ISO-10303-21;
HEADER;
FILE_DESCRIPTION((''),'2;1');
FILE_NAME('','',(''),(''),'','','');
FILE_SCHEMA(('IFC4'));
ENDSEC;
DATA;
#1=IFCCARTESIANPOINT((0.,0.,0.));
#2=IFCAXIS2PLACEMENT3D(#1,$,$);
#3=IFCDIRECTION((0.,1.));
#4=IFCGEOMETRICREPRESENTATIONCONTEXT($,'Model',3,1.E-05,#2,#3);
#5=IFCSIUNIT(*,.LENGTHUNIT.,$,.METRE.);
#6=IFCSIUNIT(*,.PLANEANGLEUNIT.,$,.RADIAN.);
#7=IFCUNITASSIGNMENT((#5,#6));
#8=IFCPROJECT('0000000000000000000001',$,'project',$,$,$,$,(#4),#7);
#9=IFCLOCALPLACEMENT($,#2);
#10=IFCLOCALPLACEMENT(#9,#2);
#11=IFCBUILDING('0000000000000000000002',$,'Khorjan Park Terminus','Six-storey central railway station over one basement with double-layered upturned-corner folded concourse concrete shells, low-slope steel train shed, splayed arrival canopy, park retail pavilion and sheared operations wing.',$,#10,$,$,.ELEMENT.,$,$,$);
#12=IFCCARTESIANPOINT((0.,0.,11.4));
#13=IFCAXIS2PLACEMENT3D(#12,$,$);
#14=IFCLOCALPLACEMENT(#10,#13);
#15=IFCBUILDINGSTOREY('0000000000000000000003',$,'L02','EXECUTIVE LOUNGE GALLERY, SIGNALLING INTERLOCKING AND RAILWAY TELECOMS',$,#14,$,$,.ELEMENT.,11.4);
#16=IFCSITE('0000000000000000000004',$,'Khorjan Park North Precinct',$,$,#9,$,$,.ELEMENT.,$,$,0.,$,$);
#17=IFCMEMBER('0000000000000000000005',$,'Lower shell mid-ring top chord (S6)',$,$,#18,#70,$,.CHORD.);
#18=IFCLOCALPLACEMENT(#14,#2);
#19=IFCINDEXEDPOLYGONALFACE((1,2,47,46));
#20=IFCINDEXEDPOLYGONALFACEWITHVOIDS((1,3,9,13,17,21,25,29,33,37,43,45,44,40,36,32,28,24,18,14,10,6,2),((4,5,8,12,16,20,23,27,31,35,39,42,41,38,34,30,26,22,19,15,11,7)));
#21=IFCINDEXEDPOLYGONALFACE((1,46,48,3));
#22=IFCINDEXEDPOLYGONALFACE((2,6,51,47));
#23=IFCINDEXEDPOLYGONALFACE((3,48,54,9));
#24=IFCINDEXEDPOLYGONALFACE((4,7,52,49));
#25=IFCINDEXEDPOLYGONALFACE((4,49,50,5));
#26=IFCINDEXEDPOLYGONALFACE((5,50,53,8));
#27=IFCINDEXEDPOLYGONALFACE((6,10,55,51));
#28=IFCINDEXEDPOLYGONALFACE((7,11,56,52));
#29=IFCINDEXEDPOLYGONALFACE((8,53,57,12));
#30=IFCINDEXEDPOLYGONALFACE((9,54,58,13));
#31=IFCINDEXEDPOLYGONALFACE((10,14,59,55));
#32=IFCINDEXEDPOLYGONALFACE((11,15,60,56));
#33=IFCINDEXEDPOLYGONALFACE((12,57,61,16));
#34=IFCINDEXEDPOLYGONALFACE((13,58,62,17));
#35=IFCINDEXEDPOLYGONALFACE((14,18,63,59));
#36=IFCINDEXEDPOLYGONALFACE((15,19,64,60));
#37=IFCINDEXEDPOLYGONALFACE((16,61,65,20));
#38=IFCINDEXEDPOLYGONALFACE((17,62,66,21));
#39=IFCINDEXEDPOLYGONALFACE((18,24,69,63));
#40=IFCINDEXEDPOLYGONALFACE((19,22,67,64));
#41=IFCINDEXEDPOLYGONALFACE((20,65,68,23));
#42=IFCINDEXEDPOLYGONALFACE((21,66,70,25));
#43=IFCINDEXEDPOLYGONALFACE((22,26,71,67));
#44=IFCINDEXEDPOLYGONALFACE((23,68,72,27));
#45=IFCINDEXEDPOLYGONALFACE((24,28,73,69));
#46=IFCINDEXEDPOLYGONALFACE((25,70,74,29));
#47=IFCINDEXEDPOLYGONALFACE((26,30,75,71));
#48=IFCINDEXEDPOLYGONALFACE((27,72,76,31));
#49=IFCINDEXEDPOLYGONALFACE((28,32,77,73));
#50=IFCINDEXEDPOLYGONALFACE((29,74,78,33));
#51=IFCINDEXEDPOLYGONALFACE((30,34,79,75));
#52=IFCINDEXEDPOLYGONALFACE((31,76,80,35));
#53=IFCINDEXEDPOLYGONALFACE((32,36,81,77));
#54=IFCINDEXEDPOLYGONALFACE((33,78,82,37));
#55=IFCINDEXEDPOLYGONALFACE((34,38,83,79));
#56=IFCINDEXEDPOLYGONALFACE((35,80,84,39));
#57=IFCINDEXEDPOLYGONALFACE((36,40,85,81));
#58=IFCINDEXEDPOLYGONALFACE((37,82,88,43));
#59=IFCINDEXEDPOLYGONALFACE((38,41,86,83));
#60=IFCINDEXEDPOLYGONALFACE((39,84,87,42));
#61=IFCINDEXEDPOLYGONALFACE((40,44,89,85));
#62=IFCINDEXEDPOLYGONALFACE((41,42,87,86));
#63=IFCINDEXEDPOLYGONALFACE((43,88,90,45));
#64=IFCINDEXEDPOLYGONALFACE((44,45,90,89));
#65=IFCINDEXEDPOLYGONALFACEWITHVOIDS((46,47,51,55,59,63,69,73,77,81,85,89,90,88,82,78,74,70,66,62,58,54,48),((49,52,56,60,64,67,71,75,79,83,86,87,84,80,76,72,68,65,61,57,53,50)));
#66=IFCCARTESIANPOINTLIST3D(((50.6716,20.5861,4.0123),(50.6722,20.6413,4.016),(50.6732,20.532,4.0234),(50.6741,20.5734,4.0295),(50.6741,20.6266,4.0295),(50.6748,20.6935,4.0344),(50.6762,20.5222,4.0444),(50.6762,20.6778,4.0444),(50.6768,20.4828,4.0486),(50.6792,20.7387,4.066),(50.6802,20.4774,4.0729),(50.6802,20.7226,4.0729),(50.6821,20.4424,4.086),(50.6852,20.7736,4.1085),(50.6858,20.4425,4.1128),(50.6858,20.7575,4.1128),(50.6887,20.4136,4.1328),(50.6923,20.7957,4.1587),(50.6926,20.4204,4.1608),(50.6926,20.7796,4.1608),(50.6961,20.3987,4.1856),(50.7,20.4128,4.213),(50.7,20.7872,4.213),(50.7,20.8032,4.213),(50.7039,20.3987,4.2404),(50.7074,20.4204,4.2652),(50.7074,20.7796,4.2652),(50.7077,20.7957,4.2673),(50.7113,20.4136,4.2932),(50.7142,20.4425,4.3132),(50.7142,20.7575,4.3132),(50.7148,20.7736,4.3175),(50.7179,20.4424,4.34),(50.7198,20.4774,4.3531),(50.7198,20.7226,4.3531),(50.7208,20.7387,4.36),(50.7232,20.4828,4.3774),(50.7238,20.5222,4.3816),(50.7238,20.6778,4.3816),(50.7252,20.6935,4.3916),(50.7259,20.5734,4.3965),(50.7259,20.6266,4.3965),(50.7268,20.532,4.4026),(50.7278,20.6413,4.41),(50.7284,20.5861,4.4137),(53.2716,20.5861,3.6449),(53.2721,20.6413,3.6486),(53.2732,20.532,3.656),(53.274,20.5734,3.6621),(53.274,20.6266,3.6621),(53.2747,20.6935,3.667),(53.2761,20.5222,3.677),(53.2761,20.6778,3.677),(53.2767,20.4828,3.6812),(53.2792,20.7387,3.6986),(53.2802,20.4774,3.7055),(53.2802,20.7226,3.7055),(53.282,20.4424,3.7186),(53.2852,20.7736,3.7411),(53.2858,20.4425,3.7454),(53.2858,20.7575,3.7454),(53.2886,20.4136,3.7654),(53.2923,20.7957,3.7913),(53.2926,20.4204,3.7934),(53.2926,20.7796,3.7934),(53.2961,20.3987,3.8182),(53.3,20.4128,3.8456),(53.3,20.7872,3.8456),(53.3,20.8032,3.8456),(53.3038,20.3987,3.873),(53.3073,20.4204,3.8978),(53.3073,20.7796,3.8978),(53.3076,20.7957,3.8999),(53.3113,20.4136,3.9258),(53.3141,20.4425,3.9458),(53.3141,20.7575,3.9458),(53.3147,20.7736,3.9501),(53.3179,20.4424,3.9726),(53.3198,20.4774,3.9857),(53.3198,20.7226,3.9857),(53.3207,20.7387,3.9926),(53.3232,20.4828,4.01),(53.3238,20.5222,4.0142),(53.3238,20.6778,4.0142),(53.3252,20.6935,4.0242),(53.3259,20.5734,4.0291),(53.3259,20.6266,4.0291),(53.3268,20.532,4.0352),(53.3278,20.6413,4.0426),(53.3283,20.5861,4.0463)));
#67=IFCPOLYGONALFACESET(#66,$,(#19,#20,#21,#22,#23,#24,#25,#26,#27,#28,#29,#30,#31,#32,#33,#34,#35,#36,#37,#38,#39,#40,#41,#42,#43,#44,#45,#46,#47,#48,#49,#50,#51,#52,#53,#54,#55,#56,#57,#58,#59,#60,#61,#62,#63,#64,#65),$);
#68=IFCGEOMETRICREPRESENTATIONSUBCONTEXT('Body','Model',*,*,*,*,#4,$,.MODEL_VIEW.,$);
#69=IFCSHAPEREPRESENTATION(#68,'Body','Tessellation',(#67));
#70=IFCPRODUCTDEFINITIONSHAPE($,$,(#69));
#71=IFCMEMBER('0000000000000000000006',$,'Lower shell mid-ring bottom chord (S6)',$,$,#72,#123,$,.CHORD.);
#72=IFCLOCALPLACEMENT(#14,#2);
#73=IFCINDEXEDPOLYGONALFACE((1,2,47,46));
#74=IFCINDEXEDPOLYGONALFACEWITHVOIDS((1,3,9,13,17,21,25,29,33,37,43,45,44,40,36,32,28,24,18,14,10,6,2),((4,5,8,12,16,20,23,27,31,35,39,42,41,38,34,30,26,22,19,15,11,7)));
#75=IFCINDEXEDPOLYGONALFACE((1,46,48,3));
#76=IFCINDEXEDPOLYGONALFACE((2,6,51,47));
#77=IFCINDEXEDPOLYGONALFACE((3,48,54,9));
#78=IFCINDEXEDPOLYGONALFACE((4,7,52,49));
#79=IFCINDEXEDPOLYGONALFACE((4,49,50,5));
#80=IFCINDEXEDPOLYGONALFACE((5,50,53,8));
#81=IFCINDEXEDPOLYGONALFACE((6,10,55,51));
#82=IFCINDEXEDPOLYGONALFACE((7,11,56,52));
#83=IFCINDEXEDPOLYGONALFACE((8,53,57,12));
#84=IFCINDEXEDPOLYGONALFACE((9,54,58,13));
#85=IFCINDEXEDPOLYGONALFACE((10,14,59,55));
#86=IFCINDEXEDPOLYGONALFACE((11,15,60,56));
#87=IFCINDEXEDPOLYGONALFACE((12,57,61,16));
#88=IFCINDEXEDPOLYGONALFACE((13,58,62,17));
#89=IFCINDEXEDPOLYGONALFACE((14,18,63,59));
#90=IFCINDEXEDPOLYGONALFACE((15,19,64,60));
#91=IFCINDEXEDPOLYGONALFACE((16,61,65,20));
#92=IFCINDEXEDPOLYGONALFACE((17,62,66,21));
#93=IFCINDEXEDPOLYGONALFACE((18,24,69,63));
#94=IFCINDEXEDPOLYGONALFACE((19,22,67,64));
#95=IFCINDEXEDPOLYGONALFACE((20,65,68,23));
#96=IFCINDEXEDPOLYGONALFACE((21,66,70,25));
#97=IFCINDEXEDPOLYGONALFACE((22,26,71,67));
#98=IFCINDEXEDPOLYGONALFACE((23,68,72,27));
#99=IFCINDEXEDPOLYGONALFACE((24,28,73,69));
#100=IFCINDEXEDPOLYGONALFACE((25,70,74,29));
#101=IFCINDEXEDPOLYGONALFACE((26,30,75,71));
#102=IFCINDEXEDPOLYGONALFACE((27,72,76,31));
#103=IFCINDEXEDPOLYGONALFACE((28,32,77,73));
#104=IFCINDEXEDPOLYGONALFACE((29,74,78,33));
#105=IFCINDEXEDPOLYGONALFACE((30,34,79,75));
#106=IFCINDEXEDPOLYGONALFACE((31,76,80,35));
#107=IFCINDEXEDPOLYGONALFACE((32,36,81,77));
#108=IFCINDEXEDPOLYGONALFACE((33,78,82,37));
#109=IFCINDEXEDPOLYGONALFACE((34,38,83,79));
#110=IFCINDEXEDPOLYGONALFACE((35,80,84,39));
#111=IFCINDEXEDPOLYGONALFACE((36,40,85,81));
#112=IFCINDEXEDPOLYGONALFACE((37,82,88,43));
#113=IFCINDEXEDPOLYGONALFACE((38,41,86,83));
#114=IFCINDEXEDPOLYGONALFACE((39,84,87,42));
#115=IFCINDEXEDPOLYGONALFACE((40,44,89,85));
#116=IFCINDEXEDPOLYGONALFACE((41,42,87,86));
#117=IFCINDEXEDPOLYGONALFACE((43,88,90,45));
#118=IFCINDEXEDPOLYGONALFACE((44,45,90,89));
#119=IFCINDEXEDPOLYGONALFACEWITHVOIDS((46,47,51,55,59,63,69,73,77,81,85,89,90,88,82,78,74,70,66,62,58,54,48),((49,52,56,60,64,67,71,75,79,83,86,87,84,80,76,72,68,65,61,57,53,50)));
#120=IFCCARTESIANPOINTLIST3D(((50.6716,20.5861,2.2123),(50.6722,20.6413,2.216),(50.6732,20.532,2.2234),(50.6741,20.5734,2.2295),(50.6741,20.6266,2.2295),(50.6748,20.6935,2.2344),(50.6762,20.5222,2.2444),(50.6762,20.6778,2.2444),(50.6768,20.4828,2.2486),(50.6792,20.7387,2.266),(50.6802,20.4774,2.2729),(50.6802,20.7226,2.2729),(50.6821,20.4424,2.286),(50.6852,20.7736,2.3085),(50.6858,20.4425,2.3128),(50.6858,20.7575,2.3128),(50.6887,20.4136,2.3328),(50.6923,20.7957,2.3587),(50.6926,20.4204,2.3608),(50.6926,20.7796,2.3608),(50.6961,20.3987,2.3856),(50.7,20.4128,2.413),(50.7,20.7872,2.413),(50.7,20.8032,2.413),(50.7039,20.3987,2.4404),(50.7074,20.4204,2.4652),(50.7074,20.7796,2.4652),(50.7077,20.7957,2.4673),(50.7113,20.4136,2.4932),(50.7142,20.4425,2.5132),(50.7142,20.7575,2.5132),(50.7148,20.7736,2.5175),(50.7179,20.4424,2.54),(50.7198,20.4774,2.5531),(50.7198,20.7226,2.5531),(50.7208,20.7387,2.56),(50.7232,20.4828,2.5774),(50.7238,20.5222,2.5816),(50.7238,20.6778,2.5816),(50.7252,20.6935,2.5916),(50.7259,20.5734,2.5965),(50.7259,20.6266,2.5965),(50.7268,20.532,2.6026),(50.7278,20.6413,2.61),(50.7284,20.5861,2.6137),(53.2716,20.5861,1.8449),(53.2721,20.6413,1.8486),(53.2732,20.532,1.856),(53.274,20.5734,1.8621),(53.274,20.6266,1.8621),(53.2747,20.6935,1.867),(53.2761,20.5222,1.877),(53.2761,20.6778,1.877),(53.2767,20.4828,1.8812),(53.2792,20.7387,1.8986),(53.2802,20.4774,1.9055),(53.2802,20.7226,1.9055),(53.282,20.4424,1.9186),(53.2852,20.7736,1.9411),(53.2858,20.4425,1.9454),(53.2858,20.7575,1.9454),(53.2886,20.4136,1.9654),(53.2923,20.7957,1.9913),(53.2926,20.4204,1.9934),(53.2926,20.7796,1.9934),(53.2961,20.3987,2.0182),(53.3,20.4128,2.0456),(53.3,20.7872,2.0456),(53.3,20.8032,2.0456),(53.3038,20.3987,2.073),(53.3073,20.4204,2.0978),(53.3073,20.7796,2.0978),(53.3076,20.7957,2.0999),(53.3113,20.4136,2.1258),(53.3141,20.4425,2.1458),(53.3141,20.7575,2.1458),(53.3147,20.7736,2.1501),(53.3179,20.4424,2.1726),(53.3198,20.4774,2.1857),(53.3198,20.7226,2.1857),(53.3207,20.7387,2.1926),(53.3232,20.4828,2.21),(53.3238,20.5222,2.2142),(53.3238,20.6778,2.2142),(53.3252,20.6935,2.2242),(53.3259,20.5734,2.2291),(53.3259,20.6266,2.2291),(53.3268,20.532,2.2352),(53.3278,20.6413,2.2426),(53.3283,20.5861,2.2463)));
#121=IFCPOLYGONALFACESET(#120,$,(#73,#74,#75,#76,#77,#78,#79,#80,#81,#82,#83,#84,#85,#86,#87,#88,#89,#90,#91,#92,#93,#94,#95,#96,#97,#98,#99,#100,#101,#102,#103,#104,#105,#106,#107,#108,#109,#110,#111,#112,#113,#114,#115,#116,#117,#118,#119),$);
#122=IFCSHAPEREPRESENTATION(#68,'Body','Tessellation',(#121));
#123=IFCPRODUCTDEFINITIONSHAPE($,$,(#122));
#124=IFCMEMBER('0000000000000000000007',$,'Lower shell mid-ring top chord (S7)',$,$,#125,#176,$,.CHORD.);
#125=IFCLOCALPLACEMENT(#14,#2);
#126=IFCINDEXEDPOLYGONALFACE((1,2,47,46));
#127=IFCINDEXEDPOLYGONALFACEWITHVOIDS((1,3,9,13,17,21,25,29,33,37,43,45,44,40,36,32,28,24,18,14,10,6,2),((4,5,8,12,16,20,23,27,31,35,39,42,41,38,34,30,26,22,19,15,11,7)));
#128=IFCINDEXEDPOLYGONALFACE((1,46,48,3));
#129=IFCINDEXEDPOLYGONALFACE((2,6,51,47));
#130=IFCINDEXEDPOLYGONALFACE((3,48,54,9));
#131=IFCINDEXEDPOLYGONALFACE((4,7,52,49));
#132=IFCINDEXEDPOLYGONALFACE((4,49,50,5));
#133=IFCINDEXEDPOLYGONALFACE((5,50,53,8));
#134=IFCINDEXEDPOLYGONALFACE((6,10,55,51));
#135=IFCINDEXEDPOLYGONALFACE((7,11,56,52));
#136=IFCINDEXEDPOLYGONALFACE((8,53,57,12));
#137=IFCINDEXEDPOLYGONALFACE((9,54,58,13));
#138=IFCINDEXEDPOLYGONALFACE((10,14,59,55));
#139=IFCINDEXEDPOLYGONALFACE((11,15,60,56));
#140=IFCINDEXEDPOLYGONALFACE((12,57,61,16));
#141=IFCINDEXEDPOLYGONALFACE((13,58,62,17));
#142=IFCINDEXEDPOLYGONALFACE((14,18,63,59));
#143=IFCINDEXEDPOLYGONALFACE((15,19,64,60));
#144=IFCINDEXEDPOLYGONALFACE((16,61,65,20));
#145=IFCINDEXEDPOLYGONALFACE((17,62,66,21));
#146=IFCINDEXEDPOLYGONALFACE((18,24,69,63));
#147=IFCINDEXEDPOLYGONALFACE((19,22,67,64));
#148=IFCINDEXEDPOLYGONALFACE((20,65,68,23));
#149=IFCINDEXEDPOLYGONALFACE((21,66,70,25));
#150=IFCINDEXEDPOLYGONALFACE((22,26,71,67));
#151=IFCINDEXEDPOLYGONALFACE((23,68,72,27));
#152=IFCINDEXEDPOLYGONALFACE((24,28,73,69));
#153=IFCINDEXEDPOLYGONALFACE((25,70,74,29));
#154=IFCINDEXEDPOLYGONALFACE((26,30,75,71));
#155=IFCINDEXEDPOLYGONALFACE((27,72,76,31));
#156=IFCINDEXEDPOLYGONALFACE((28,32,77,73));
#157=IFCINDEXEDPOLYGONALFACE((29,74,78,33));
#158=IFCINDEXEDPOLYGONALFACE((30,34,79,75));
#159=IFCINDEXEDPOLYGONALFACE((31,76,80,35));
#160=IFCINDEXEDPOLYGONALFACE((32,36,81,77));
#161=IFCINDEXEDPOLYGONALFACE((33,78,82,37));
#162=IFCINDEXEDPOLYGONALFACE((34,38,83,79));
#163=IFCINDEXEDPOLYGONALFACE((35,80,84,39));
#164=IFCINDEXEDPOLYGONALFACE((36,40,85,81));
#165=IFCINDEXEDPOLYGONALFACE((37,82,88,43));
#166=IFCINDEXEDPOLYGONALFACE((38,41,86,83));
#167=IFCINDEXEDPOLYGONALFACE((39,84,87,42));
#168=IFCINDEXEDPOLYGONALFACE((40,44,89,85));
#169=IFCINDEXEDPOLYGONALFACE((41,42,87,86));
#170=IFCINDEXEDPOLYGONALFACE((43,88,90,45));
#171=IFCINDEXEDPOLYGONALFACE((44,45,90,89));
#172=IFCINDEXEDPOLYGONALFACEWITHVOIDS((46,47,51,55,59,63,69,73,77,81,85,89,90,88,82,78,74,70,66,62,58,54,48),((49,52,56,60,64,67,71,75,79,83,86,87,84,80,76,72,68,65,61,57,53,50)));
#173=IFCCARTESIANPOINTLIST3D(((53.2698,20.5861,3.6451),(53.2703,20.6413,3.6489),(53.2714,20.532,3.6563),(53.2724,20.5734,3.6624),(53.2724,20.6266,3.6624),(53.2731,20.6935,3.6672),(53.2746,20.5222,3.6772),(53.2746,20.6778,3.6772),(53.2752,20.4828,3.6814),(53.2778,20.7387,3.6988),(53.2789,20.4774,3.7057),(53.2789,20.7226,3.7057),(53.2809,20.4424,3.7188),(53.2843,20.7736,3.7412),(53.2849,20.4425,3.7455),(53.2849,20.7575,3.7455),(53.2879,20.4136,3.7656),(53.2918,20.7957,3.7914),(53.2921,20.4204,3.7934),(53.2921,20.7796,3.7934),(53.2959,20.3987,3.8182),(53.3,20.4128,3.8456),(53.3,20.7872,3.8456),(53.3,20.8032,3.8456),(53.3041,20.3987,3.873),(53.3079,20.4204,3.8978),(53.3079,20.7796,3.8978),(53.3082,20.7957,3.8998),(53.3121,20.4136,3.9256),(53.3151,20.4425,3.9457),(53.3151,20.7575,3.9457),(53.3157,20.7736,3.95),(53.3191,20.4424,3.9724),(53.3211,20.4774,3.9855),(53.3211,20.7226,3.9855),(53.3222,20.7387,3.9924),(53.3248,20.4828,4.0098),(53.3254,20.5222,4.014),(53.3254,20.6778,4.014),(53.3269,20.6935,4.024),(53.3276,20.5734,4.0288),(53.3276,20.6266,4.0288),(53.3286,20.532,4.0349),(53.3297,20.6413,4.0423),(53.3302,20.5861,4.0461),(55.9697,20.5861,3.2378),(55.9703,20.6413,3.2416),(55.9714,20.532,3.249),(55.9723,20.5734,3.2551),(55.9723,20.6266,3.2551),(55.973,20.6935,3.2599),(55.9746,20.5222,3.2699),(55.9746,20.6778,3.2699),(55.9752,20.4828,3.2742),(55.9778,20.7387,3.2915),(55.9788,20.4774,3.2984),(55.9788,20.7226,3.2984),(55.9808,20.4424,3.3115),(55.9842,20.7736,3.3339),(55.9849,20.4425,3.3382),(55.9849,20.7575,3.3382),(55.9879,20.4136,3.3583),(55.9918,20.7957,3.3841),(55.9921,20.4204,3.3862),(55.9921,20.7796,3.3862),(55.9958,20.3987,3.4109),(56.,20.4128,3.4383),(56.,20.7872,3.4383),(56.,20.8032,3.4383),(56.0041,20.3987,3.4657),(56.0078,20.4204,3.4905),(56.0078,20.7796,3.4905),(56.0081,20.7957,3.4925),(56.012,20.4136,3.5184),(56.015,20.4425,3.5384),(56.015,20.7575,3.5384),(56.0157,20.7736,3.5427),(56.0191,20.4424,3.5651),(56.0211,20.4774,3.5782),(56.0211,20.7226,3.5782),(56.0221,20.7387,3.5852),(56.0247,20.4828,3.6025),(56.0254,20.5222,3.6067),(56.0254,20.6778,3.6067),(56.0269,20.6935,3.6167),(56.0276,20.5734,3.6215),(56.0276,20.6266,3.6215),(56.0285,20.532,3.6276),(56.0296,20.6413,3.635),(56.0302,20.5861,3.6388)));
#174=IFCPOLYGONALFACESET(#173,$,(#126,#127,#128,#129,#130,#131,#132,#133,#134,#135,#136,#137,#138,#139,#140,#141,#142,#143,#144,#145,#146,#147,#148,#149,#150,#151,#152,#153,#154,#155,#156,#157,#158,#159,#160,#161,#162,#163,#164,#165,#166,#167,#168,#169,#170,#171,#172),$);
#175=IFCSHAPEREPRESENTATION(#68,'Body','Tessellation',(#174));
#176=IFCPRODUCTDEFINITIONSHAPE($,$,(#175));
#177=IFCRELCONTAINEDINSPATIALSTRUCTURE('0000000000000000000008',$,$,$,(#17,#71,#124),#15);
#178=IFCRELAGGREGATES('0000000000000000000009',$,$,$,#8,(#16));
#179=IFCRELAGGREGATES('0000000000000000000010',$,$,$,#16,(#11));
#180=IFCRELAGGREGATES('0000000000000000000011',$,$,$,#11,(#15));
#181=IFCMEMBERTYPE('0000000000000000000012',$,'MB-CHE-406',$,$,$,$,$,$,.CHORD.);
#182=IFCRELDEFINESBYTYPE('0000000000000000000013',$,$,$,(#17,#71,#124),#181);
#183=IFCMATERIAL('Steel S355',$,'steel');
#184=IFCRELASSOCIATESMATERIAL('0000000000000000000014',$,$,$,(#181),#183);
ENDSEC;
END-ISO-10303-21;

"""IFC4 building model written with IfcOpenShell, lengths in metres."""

from ifc_helpers import new_model, si_unit, direction, frame, origin, origin_2d, place, context, subcontext, project, spatial, hollow_circle, extrude, material, material_profile, profile_set, type_object, element, save


model = new_model("IFC4")

# Units and contexts
model_context = context("Model", 3, precision=1e-05, world=origin(), true_north=direction((0.0, 1.0)))
body_context = subcontext(model_context, "Body", "Model", "MODEL_VIEW")
ifc_project = project(units=[si_unit("LENGTHUNIT", "METRE"), si_unit("PLANEANGLEUNIT", "RADIAN")], contexts=[model_context])

# Site, building, storey
site_placement = place(None, origin())
site = spatial("IfcSite", under=ifc_project, at=site_placement, Name="Khorjan Park North Precinct", CompositionType="ELEMENT", RefElevation=0.0)
building_placement = place(site_placement, origin())
building = spatial("IfcBuilding", under=site, at=building_placement, Name="Khorjan Park Terminus", Description="Six-storey central railway station over one basement with double-layered upturned-corner folded concourse concrete shells, low-slope steel train shed, splayed arrival canopy, park retail pavilion and sheared operations wing.", CompositionType="ELEMENT")
storey_placement = place(building_placement, frame((0.0, 0.0, 11.4)))
storey = spatial("IfcBuildingStorey", under=building, at=storey_placement, Name="L02", Description="EXECUTIVE LOUNGE GALLERY, SIGNALLING INTERLOCKING AND RAILWAY TELECOMS", CompositionType="ELEMENT", Elevation=11.4)

# Members
ifc_material_1 = material(Name="Steel S355", Category="steel")
ifc_material_profile_1 = material_profile(ifc_material_1, hollow_circle(Radius=0.2032, WallThickness=0.016, at=origin_2d()), Name="CHS 406.4x16")
ifc_profile_set_1 = profile_set([ifc_material_profile_1], Name="Steel S355")
member_type_1 = type_object("IfcMemberType", Name="MB-CHE-406", PredefinedType="CHORD", material=ifc_profile_set_1)
for number, where, z_axis, x_axis, name in (
    (1, (50.7, 20.6, 4.213), (0.990163, 0.0, -0.139918), (0.0, 1.0, 0.0), "Lower shell mid-ring top chord (S6)"),
    (2, (50.7, 20.6, 2.413), (0.990163, 0.0, -0.139918), (0.0, 1.0, 0.0), "Lower shell mid-ring bottom chord (S6)"),
):
    element("IfcMember", number, at=place(storey_placement, frame(where, z_axis=z_axis, x_axis=x_axis)), inside=storey, type_object=member_type_1, Name=name, PredefinedType="CHORD", context=body_context, shape_type="SweptSolid", body=[
        extrude(hollow_circle(Radius=0.2032, WallThickness=0.016, at=origin_2d()), origin(), (0.0, 0.0, 1.0), 2.6258),
    ])
for number, where, z_axis, x_axis, name in (
    (3, (53.3, 20.6, 3.8456), (0.988812, 0.0, -0.149164), (0.0, 1.0, 0.0), "Lower shell mid-ring top chord (S7)"),
):
    element("IfcMember", number, at=place(storey_placement, frame(where, z_axis=z_axis, x_axis=x_axis)), inside=storey, type_object=member_type_1, Name=name, PredefinedType="CHORD", context=body_context, shape_type="SweptSolid", body=[
        extrude(hollow_circle(Radius=0.2032, WallThickness=0.016, at=origin_2d()), origin(), (0.0, 0.0, 1.0), 2.7305),
    ])

save(model, "model.ifc")
